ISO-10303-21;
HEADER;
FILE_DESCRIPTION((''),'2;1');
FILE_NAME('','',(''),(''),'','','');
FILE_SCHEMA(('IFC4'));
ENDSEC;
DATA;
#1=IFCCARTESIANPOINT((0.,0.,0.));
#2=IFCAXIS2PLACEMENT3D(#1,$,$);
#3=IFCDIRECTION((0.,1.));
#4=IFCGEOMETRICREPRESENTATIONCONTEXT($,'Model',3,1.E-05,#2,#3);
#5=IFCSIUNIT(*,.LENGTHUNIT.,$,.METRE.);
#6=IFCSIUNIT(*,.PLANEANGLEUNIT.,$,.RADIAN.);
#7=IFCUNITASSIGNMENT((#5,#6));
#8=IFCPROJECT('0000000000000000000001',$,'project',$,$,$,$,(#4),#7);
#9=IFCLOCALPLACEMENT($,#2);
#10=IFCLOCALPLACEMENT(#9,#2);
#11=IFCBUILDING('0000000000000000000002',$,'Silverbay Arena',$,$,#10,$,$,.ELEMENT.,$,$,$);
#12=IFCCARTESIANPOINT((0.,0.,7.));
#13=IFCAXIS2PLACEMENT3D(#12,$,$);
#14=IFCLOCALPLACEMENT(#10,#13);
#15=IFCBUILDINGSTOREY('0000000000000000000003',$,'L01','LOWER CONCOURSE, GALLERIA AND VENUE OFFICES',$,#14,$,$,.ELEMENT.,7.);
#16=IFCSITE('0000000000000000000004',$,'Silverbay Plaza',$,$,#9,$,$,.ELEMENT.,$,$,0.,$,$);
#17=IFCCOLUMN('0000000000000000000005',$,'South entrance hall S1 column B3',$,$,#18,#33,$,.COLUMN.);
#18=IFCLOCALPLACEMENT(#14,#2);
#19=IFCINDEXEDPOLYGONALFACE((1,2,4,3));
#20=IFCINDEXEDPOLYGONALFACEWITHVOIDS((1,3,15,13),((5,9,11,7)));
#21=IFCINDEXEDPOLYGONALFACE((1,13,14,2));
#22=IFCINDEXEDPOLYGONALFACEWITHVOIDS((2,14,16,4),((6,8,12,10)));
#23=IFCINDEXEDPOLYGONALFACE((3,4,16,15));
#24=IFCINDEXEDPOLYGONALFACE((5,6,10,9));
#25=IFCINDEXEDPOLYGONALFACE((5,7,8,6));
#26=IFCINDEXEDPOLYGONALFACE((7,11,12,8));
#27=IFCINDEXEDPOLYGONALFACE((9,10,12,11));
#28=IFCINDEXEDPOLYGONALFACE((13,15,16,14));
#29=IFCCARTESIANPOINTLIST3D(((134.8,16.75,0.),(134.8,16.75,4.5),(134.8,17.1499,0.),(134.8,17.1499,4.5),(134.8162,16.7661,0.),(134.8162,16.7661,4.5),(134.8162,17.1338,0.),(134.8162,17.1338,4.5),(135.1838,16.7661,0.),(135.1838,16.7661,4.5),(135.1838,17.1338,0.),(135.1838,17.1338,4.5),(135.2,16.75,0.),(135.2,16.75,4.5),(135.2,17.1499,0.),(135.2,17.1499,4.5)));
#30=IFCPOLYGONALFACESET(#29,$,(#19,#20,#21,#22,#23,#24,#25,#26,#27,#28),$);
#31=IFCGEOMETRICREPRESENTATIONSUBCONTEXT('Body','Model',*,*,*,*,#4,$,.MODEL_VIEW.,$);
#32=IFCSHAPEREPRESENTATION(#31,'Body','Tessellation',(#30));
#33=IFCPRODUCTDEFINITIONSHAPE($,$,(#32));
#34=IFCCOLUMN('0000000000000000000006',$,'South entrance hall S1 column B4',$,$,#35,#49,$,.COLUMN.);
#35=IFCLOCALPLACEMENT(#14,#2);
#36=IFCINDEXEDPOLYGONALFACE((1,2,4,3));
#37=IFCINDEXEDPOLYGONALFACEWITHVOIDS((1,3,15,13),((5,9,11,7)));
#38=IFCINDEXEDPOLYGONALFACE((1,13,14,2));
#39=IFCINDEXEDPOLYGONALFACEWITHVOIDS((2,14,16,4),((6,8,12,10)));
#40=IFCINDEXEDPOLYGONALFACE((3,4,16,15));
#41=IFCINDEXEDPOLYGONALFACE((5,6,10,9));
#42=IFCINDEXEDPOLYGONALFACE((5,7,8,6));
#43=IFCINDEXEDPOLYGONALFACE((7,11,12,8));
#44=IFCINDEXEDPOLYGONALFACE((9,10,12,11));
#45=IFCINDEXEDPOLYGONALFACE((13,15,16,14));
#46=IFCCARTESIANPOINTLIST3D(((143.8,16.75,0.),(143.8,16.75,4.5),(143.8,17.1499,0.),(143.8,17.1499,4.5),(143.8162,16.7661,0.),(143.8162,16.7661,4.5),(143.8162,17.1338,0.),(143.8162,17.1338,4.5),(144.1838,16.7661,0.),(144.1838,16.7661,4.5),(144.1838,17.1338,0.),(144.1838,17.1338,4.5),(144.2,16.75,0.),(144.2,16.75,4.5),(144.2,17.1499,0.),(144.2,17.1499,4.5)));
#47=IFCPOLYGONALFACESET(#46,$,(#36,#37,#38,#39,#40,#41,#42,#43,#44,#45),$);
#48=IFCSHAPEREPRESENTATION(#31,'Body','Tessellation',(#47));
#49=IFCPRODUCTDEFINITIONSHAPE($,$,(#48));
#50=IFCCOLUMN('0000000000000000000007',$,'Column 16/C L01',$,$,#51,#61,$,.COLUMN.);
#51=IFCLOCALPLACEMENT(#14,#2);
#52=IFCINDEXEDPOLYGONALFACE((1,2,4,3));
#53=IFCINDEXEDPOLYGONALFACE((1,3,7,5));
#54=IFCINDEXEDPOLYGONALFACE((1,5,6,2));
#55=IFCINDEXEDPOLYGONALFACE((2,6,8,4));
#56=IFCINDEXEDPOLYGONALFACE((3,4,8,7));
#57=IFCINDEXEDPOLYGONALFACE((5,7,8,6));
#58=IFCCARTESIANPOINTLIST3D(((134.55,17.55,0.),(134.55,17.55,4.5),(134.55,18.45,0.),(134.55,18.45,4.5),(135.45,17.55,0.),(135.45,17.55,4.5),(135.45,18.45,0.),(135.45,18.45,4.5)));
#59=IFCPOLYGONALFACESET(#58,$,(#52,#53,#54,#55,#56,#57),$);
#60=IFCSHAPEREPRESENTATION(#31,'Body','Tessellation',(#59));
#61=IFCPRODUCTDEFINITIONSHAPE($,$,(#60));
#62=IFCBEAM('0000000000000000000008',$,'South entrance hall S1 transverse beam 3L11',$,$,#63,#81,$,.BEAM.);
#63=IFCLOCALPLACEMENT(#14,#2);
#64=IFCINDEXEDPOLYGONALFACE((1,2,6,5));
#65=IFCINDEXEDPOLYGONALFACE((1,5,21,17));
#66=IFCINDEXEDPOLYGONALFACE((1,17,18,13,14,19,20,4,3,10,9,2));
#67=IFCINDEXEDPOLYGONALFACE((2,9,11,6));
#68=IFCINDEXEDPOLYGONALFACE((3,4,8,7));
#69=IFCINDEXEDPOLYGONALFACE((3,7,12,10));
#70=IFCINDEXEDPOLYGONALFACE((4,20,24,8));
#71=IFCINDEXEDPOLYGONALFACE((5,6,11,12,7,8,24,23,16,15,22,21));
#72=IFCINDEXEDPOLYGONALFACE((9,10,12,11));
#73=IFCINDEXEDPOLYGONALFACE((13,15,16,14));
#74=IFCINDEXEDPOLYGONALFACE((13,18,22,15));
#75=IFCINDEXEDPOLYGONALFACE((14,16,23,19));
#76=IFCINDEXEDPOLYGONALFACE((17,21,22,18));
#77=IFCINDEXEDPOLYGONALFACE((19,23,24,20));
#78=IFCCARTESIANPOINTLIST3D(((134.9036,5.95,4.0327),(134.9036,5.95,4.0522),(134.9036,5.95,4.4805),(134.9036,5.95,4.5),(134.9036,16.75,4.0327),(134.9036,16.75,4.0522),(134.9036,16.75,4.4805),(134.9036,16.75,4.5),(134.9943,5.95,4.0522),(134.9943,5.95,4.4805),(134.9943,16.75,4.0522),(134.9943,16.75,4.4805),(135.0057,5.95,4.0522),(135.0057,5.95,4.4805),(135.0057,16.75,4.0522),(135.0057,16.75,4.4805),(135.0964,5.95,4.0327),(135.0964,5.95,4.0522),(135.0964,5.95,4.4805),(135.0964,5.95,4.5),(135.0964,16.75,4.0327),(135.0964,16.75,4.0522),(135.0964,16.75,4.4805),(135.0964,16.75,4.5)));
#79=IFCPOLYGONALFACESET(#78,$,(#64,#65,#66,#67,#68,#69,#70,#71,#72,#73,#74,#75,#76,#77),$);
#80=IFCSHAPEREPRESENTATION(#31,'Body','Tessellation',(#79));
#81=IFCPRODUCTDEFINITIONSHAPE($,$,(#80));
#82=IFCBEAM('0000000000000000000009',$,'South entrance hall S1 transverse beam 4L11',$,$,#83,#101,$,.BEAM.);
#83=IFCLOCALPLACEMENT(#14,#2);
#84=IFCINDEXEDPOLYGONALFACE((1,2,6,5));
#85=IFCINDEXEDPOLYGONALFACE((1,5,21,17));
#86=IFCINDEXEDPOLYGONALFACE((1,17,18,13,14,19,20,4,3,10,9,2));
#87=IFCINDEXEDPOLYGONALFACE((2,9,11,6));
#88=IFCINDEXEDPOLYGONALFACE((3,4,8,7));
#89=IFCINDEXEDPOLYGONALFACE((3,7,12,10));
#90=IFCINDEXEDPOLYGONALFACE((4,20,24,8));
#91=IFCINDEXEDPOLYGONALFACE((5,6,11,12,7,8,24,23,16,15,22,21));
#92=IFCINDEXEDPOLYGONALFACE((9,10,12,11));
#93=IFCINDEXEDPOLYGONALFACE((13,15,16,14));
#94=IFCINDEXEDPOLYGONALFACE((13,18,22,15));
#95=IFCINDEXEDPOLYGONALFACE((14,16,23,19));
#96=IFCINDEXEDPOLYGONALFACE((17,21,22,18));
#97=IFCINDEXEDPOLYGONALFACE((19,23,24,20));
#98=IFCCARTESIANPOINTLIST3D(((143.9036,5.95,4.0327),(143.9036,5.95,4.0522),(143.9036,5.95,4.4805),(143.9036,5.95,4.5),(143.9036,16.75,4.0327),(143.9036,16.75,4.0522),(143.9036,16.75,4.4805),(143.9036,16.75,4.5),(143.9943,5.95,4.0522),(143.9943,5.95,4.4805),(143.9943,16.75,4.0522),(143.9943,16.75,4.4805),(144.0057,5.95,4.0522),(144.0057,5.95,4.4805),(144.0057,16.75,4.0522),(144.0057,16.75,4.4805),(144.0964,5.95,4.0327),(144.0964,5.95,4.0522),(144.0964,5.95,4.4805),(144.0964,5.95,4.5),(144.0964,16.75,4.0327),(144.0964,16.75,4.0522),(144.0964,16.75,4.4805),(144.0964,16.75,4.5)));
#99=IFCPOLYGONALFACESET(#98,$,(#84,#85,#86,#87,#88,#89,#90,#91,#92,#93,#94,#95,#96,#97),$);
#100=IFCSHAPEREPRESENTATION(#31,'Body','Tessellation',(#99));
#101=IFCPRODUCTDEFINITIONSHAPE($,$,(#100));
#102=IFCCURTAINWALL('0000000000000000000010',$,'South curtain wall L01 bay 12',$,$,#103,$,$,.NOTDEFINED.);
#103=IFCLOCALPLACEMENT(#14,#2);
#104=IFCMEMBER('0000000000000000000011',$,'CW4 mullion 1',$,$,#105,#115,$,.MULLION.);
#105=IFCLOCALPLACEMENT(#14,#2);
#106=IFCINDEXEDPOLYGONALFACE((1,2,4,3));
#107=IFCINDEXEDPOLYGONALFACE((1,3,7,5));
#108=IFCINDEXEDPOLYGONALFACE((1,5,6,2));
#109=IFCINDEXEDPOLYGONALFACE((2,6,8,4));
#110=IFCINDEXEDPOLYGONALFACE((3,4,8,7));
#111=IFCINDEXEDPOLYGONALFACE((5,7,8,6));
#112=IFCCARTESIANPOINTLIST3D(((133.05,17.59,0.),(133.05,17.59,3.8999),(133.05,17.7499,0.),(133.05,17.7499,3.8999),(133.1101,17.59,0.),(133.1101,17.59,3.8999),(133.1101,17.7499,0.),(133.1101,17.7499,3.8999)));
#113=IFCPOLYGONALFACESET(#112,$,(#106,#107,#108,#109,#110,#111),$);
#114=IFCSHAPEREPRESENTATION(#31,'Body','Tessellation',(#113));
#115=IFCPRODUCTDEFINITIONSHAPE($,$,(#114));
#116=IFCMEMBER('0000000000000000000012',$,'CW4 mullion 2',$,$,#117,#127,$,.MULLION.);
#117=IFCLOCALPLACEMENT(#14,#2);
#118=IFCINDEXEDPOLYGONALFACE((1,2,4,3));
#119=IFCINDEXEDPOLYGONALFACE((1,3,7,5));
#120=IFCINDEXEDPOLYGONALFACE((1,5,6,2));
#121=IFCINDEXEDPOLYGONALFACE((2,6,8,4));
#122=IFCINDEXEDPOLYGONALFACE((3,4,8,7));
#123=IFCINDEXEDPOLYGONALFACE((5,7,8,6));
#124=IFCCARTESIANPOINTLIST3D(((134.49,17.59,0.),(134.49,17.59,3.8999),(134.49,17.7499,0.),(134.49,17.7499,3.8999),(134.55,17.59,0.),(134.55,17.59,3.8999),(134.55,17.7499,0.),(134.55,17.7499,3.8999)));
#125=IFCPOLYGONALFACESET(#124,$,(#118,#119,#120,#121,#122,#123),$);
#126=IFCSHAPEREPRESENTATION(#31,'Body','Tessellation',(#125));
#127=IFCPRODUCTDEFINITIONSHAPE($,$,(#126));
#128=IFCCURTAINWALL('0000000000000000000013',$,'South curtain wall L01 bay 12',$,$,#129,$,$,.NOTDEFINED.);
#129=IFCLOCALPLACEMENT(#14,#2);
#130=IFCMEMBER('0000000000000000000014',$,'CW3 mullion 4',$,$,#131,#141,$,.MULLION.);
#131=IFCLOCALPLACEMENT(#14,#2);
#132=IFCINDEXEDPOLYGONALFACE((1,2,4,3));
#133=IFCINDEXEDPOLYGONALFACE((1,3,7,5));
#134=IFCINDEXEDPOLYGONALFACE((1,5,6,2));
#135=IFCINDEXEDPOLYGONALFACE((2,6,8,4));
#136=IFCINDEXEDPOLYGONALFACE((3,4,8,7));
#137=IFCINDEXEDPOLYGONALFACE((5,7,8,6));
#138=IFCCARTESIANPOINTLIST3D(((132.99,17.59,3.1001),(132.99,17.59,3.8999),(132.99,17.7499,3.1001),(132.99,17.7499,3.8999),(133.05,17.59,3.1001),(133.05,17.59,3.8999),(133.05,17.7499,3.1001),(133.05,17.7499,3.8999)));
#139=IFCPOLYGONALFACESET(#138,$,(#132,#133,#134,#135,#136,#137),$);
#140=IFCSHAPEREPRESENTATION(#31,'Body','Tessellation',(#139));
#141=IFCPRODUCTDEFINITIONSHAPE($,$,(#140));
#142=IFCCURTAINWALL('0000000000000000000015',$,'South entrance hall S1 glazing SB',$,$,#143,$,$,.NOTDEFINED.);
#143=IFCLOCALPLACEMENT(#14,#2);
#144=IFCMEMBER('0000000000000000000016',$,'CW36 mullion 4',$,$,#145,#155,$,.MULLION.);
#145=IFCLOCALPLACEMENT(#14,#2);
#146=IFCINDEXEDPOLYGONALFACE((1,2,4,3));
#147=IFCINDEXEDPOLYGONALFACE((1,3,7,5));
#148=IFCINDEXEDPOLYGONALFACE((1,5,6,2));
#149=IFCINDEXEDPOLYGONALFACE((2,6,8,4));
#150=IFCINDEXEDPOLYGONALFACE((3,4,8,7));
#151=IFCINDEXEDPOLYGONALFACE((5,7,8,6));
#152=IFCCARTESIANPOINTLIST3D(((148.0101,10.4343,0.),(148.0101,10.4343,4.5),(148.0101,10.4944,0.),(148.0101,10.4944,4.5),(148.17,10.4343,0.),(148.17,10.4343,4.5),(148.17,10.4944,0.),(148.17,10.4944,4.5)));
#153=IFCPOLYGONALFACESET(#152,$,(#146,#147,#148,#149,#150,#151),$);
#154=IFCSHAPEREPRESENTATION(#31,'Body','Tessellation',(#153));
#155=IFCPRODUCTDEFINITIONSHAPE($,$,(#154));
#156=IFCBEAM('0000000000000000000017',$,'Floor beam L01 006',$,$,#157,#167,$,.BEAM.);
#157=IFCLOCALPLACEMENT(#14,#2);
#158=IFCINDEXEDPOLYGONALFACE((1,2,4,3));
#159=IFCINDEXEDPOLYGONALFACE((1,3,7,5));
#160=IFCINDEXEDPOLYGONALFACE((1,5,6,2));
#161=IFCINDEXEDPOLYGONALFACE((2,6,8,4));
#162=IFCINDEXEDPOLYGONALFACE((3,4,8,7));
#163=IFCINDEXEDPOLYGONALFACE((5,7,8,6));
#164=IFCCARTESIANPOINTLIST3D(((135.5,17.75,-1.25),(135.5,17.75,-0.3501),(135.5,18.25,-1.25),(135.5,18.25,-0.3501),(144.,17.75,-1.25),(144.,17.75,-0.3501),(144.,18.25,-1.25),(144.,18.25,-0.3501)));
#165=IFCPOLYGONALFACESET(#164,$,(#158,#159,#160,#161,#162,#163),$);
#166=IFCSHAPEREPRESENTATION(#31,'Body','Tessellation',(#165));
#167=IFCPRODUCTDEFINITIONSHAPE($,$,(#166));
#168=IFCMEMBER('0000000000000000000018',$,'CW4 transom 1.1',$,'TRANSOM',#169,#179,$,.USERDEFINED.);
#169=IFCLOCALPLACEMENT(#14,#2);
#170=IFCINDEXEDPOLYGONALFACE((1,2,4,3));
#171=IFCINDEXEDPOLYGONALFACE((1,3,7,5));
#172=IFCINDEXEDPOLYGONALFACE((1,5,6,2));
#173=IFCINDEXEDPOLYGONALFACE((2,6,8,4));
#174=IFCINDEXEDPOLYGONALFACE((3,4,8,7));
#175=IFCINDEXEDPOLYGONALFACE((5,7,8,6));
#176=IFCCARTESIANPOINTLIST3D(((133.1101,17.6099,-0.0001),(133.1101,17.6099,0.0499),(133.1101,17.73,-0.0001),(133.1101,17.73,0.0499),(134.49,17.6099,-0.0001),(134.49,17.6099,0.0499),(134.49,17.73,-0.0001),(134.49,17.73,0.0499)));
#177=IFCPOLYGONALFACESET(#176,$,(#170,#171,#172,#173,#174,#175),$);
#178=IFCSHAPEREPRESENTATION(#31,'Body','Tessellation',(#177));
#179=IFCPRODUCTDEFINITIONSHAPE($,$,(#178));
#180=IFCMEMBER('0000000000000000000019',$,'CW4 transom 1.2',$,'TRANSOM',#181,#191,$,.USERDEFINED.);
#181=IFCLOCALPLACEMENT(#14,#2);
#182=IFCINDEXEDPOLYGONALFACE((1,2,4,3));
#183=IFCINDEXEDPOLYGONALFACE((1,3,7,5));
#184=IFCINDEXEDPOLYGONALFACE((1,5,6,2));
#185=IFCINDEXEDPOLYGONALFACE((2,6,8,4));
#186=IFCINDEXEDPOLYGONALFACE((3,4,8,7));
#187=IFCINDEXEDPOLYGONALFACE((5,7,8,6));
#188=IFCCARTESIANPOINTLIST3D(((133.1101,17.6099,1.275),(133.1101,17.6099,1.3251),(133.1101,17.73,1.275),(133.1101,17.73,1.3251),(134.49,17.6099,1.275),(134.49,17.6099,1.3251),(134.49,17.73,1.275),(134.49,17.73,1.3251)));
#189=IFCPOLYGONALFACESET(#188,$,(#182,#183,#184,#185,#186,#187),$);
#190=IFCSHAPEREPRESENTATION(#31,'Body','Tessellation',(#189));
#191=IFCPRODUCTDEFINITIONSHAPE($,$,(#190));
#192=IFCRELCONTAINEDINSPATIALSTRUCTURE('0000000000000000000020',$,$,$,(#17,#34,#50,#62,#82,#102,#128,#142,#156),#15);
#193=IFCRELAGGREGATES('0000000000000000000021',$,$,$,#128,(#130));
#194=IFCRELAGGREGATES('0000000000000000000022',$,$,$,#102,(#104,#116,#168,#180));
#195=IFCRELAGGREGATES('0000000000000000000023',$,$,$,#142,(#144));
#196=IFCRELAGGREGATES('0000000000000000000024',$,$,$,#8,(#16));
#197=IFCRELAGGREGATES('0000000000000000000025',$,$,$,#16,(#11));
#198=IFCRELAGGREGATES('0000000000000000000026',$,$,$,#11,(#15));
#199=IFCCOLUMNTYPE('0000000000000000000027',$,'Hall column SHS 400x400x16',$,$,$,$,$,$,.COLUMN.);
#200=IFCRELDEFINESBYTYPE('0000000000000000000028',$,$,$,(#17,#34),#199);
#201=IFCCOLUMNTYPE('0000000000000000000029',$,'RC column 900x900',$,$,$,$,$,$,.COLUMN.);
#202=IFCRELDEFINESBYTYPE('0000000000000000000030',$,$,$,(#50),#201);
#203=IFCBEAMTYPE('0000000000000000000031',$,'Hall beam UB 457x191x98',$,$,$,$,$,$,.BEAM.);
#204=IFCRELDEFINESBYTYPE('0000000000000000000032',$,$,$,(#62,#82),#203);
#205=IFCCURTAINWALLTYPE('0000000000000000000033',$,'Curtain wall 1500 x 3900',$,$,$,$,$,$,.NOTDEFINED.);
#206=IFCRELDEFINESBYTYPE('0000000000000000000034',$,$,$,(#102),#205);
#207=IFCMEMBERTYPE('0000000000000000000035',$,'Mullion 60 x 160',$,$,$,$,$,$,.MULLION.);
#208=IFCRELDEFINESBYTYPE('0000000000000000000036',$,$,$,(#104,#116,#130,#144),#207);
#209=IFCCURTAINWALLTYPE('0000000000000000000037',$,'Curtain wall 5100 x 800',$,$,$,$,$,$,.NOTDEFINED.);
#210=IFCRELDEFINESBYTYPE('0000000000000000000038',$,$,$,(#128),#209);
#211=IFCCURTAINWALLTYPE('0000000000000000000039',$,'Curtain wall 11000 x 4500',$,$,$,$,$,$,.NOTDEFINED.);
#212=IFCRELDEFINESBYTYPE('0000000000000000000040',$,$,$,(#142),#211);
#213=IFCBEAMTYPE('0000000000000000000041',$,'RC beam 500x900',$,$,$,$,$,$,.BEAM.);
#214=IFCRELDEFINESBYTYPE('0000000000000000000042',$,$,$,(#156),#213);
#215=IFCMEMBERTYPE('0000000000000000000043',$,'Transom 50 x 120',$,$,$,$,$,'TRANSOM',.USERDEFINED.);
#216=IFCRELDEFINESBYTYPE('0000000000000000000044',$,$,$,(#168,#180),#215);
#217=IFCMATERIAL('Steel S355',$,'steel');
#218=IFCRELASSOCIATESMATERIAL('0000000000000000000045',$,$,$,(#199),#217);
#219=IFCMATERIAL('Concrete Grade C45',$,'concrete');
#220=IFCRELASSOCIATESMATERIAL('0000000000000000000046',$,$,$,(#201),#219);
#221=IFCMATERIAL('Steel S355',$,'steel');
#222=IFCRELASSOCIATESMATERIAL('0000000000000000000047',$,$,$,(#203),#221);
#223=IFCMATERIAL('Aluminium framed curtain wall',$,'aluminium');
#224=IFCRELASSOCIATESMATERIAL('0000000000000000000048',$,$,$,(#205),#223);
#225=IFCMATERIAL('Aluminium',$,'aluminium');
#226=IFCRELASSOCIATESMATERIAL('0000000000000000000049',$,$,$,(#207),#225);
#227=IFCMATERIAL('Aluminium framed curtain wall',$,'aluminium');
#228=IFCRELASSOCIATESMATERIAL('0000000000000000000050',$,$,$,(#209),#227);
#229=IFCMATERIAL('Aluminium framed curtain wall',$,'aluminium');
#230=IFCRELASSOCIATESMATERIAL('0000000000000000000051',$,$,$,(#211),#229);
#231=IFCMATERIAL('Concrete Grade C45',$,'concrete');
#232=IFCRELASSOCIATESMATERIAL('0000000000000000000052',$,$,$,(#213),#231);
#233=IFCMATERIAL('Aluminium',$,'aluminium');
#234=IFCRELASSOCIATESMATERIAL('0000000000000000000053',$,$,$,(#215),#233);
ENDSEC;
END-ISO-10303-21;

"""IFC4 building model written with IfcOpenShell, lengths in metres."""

from ifc_helpers import new_model, si_unit, direction, frame, origin, origin_2d, place, context, subcontext, project, spatial, rectangle, hollow_rectangle, i_section, extrude, material, material_profile, profile_set, type_object, element, aggregate, save


model = new_model("IFC4")

# Units and contexts
model_context = context("Model", 3, precision=1e-05, world=origin(), true_north=direction((0.0, 1.0)))
body_context = subcontext(model_context, "Body", "Model", "MODEL_VIEW")
ifc_project = project(units=[si_unit("LENGTHUNIT", "METRE"), si_unit("PLANEANGLEUNIT", "RADIAN")], contexts=[model_context])

# Site, building, storey
site_placement = place(None, origin())
site = spatial("IfcSite", under=ifc_project, at=site_placement, Name="Silverbay Plaza", CompositionType="ELEMENT", RefElevation=0.0)
building_placement = place(site_placement, origin())
building = spatial("IfcBuilding", under=site, at=building_placement, Name="Silverbay Arena", CompositionType="ELEMENT")
storey_placement = place(building_placement, frame((0.0, 0.0, 7.0)))
storey = spatial("IfcBuildingStorey", under=building, at=storey_placement, Name="L01", Description="LOWER CONCOURSE, GALLERIA AND VENUE OFFICES", CompositionType="ELEMENT", Elevation=7.0)

# Columns
ifc_material_1 = material(Name="Steel S355", Category="steel")
ifc_material_profile_1 = material_profile(ifc_material_1, hollow_rectangle(XDim=0.3999, YDim=0.3999, WallThickness=0.0161, at=origin_2d()), Name="SHS 400x400x16")
ifc_profile_set_1 = profile_set([ifc_material_profile_1], Name="Steel S355")
column_type_1 = type_object("IfcColumnType", Name="Hall column SHS 400x400x16", PredefinedType="COLUMN", material=ifc_profile_set_1)
for number, where, z_axis, x_axis, name in (
    (1, (135.0, 16.95, 0.0), (0.0, 0.0, 1.0), (1.0, 0.0, 0.0), "South entrance hall S1 column B3"),
    (2, (144.0, 16.95, 0.0), (0.0, 0.0, 1.0), (1.0, 0.0, 0.0), "South entrance hall S1 column B4"),
):
    element("IfcColumn", number, at=place(storey_placement, frame(where, z_axis=z_axis, x_axis=x_axis)), inside=storey, type_object=column_type_1, Name=name, PredefinedType="COLUMN", context=body_context, shape_type="SweptSolid", body=[
        extrude(hollow_rectangle(XDim=0.3999, YDim=0.3999, WallThickness=0.0161, at=origin_2d()), origin(), (0.0, 0.0, 1.0), 4.5),
    ])
ifc_material_2 = material(Name="Concrete Grade C45", Category="concrete")
ifc_material_profile_2 = material_profile(ifc_material_2, rectangle(XDim=0.8999, YDim=0.8999, at=origin_2d()), Name="RC 900x900")
ifc_profile_set_2 = profile_set([ifc_material_profile_2], Name="Concrete Grade C45")
column_type_2 = type_object("IfcColumnType", Name="RC column 900x900", PredefinedType="COLUMN", material=ifc_profile_set_2)
column_placement = place(storey_placement, frame((135.0, 18.0, 0.0), z_axis=(0.0, 0.0, 1.0), x_axis=(1.0, 0.0, 0.0)))
element("IfcColumn", 3, at=column_placement, inside=storey, type_object=column_type_2, Name="Column 16/C L01", PredefinedType="COLUMN", context=body_context, shape_type="SweptSolid", body=[
    extrude(rectangle(XDim=0.8999, YDim=0.8999, at=origin_2d()), origin(), (0.0, 0.0, 1.0), 4.5),
])

# Beams
ifc_material_3 = material(Name="Steel S355", Category="steel")
ifc_material_profile_3 = material_profile(ifc_material_3, i_section(OverallWidth=0.1929, OverallDepth=0.4673, WebThickness=0.0115, FlangeThickness=0.0195, at=origin_2d()), Name="UB 457x191x98")
ifc_profile_set_3 = profile_set([ifc_material_profile_3], Name="Steel S355")
beam_type_1 = type_object("IfcBeamType", Name="Hall beam UB 457x191x98", PredefinedType="BEAM", material=ifc_profile_set_3)
for number, where, z_axis, x_axis, name in (
    (4, (135.0, 16.75, 4.2664), (0.0, -1.0, 0.0), (1.0, 0.0, 0.0), "South entrance hall S1 transverse beam 3L11"),
    (5, (144.0, 16.75, 4.2664), (0.0, -1.0, 0.0), (1.0, 0.0, 0.0), "South entrance hall S1 transverse beam 4L11"),
):
    element("IfcBeam", number, at=place(storey_placement, frame(where, z_axis=z_axis, x_axis=x_axis)), inside=storey, type_object=beam_type_1, Name=name, PredefinedType="BEAM", context=body_context, shape_type="SweptSolid", body=[
        extrude(i_section(OverallWidth=0.1929, OverallDepth=0.4673, WebThickness=0.0115, FlangeThickness=0.0195, at=origin_2d()), origin(), (0.0, 0.0, 1.0), 10.8),
    ])

# Curtain wall, members
ifc_material_4 = material(Name="Aluminium framed curtain wall", Category="aluminium")
curtain_wall_type_1 = type_object("IfcCurtainWallType", Name="Curtain wall 1500 x 3900", PredefinedType="NOTDEFINED", material=ifc_material_4)
curtain_wall_1_placement = place(storey_placement, origin())
curtain_wall_1 = element("IfcCurtainWall", 6, at=curtain_wall_1_placement, inside=storey, type_object=curtain_wall_type_1, Name="South curtain wall L01 bay 12", PredefinedType="NOTDEFINED")
ifc_material_5 = material(Name="Aluminium", Category="aluminium")
ifc_material_profile_4 = material_profile(ifc_material_5, rectangle(XDim=0.1599, YDim=0.0601, at=origin_2d()), Name="Mullion 60 x 160")
ifc_profile_set_4 = profile_set([ifc_material_profile_4], Name="Aluminium")
member_type_1 = type_object("IfcMemberType", Name="Mullion 60 x 160", PredefinedType="MULLION", material=ifc_profile_set_4)
member_1_placement = place(storey_placement, frame((133.0801, 17.6699, 0.0), z_axis=(0.0, 0.0, 1.0), x_axis=(0.0, 1.0, 0.0)))
member_1 = element("IfcMember", 7, at=member_1_placement, type_object=member_type_1, Name="CW4 mullion 1", PredefinedType="MULLION", context=body_context, shape_type="SweptSolid", body=[
    extrude(rectangle(XDim=0.1599, YDim=0.0601, at=origin_2d()), origin(), (0.0, 0.0, 1.0), 3.8999),
])
member_2_placement = place(storey_placement, frame((134.52, 17.6699, 0.0), z_axis=(0.0, 0.0, 1.0), x_axis=(0.0, 1.0, 0.0)))
member_2 = element("IfcMember", 8, at=member_2_placement, type_object=member_type_1, Name="CW4 mullion 2", PredefinedType="MULLION", context=body_context, shape_type="SweptSolid", body=[
    extrude(rectangle(XDim=0.1599, YDim=0.0601, at=origin_2d()), origin(), (0.0, 0.0, 1.0), 3.8999),
])

# Curtain walls, members
ifc_material_6 = material(Name="Aluminium framed curtain wall", Category="aluminium")
curtain_wall_type_2 = type_object("IfcCurtainWallType", Name="Curtain wall 5100 x 800", PredefinedType="NOTDEFINED", material=ifc_material_6)
curtain_wall_2_placement = place(storey_placement, origin())
curtain_wall_2 = element("IfcCurtainWall", 9, at=curtain_wall_2_placement, inside=storey, type_object=curtain_wall_type_2, Name="South curtain wall L01 bay 12", PredefinedType="NOTDEFINED")
member_3_placement = place(storey_placement, frame((133.02, 17.6699, 3.1001), z_axis=(0.0, 0.0, 1.0), x_axis=(0.0, 1.0, 0.0)))
member_3 = element("IfcMember", 10, at=member_3_placement, type_object=member_type_1, Name="CW3 mullion 4", PredefinedType="MULLION", context=body_context, shape_type="SweptSolid", body=[
    extrude(rectangle(XDim=0.1599, YDim=0.0601, at=origin_2d()), origin(), (0.0, 0.0, 1.0), 0.7998),
])
aggregate(curtain_wall_2, [member_3])
ifc_material_7 = material(Name="Aluminium framed curtain wall", Category="aluminium")
curtain_wall_type_3 = type_object("IfcCurtainWallType", Name="Curtain wall 11000 x 4500", PredefinedType="NOTDEFINED", material=ifc_material_7)
curtain_wall_3_placement = place(storey_placement, origin())
curtain_wall_3 = element("IfcCurtainWall", 11, at=curtain_wall_3_placement, inside=storey, type_object=curtain_wall_type_3, Name="South entrance hall S1 glazing SB", PredefinedType="NOTDEFINED")
member_4_placement = place(storey_placement, frame((148.0901, 10.4644, 0.0), z_axis=(0.0, 0.0, 1.0), x_axis=(-1.0, 0.0, 0.0)))
member_4 = element("IfcMember", 12, at=member_4_placement, type_object=member_type_1, Name="CW36 mullion 4", PredefinedType="MULLION", context=body_context, shape_type="SweptSolid", body=[
    extrude(rectangle(XDim=0.1599, YDim=0.0601, at=origin_2d()), origin(), (0.0, 0.0, 1.0), 4.5),
])

# Beam
ifc_material_8 = material(Name="Concrete Grade C45", Category="concrete")
ifc_material_profile_5 = material_profile(ifc_material_8, rectangle(XDim=0.5, YDim=0.8999, at=origin_2d()), Name="RC 500x900")
ifc_profile_set_5 = profile_set([ifc_material_profile_5], Name="Concrete Grade C45")
beam_type_2 = type_object("IfcBeamType", Name="RC beam 500x900", PredefinedType="BEAM", material=ifc_profile_set_5)
beam_placement = place(storey_placement, frame((135.5, 18.0, -0.8), z_axis=(1.0, 0.0, 0.0), x_axis=(0.0, 1.0, 0.0)))
element("IfcBeam", 13, at=beam_placement, inside=storey, type_object=beam_type_2, Name="Floor beam L01 006", PredefinedType="BEAM", context=body_context, shape_type="SweptSolid", body=[
    extrude(rectangle(XDim=0.5, YDim=0.8999, at=origin_2d()), origin(), (0.0, 0.0, 1.0), 8.5),
])

# Members
ifc_material_9 = material(Name="Aluminium", Category="aluminium")
ifc_material_profile_6 = material_profile(ifc_material_9, rectangle(XDim=0.1201, YDim=0.05, at=origin_2d()), Name="Transom 50 x 120")
ifc_profile_set_6 = profile_set([ifc_material_profile_6], Name="Aluminium")
member_type_2 = type_object("IfcMemberType", Name="Transom 50 x 120", ElementType="TRANSOM", PredefinedType="USERDEFINED", material=ifc_profile_set_6)
member_5_placement = place(storey_placement, frame((133.1101, 17.6699, 0.0249), z_axis=(1.0, 0.0, 0.0), x_axis=(0.0, 1.0, 0.0)))
member_5 = element("IfcMember", 14, at=member_5_placement, type_object=member_type_2, Name="CW4 transom 1.1", ObjectType="TRANSOM", PredefinedType="USERDEFINED", context=body_context, shape_type="SweptSolid", body=[
    extrude(rectangle(XDim=0.1201, YDim=0.05, at=origin_2d()), origin(), (0.0, 0.0, 1.0), 1.3799),
])
member_6_placement = place(storey_placement, frame((133.1101, 17.6699, 1.3), z_axis=(1.0, 0.0, 0.0), x_axis=(0.0, 1.0, 0.0)))
member_6 = element("IfcMember", 15, at=member_6_placement, type_object=member_type_2, Name="CW4 transom 1.2", ObjectType="TRANSOM", PredefinedType="USERDEFINED", context=body_context, shape_type="SweptSolid", body=[
    extrude(rectangle(XDim=0.1201, YDim=0.05, at=origin_2d()), origin(), (0.0, 0.0, 1.0), 1.3799),
])

aggregate(curtain_wall_1, [member_1, member_2, member_5, member_6])
aggregate(curtain_wall_3, [member_4])

save(model, "model.ifc")
